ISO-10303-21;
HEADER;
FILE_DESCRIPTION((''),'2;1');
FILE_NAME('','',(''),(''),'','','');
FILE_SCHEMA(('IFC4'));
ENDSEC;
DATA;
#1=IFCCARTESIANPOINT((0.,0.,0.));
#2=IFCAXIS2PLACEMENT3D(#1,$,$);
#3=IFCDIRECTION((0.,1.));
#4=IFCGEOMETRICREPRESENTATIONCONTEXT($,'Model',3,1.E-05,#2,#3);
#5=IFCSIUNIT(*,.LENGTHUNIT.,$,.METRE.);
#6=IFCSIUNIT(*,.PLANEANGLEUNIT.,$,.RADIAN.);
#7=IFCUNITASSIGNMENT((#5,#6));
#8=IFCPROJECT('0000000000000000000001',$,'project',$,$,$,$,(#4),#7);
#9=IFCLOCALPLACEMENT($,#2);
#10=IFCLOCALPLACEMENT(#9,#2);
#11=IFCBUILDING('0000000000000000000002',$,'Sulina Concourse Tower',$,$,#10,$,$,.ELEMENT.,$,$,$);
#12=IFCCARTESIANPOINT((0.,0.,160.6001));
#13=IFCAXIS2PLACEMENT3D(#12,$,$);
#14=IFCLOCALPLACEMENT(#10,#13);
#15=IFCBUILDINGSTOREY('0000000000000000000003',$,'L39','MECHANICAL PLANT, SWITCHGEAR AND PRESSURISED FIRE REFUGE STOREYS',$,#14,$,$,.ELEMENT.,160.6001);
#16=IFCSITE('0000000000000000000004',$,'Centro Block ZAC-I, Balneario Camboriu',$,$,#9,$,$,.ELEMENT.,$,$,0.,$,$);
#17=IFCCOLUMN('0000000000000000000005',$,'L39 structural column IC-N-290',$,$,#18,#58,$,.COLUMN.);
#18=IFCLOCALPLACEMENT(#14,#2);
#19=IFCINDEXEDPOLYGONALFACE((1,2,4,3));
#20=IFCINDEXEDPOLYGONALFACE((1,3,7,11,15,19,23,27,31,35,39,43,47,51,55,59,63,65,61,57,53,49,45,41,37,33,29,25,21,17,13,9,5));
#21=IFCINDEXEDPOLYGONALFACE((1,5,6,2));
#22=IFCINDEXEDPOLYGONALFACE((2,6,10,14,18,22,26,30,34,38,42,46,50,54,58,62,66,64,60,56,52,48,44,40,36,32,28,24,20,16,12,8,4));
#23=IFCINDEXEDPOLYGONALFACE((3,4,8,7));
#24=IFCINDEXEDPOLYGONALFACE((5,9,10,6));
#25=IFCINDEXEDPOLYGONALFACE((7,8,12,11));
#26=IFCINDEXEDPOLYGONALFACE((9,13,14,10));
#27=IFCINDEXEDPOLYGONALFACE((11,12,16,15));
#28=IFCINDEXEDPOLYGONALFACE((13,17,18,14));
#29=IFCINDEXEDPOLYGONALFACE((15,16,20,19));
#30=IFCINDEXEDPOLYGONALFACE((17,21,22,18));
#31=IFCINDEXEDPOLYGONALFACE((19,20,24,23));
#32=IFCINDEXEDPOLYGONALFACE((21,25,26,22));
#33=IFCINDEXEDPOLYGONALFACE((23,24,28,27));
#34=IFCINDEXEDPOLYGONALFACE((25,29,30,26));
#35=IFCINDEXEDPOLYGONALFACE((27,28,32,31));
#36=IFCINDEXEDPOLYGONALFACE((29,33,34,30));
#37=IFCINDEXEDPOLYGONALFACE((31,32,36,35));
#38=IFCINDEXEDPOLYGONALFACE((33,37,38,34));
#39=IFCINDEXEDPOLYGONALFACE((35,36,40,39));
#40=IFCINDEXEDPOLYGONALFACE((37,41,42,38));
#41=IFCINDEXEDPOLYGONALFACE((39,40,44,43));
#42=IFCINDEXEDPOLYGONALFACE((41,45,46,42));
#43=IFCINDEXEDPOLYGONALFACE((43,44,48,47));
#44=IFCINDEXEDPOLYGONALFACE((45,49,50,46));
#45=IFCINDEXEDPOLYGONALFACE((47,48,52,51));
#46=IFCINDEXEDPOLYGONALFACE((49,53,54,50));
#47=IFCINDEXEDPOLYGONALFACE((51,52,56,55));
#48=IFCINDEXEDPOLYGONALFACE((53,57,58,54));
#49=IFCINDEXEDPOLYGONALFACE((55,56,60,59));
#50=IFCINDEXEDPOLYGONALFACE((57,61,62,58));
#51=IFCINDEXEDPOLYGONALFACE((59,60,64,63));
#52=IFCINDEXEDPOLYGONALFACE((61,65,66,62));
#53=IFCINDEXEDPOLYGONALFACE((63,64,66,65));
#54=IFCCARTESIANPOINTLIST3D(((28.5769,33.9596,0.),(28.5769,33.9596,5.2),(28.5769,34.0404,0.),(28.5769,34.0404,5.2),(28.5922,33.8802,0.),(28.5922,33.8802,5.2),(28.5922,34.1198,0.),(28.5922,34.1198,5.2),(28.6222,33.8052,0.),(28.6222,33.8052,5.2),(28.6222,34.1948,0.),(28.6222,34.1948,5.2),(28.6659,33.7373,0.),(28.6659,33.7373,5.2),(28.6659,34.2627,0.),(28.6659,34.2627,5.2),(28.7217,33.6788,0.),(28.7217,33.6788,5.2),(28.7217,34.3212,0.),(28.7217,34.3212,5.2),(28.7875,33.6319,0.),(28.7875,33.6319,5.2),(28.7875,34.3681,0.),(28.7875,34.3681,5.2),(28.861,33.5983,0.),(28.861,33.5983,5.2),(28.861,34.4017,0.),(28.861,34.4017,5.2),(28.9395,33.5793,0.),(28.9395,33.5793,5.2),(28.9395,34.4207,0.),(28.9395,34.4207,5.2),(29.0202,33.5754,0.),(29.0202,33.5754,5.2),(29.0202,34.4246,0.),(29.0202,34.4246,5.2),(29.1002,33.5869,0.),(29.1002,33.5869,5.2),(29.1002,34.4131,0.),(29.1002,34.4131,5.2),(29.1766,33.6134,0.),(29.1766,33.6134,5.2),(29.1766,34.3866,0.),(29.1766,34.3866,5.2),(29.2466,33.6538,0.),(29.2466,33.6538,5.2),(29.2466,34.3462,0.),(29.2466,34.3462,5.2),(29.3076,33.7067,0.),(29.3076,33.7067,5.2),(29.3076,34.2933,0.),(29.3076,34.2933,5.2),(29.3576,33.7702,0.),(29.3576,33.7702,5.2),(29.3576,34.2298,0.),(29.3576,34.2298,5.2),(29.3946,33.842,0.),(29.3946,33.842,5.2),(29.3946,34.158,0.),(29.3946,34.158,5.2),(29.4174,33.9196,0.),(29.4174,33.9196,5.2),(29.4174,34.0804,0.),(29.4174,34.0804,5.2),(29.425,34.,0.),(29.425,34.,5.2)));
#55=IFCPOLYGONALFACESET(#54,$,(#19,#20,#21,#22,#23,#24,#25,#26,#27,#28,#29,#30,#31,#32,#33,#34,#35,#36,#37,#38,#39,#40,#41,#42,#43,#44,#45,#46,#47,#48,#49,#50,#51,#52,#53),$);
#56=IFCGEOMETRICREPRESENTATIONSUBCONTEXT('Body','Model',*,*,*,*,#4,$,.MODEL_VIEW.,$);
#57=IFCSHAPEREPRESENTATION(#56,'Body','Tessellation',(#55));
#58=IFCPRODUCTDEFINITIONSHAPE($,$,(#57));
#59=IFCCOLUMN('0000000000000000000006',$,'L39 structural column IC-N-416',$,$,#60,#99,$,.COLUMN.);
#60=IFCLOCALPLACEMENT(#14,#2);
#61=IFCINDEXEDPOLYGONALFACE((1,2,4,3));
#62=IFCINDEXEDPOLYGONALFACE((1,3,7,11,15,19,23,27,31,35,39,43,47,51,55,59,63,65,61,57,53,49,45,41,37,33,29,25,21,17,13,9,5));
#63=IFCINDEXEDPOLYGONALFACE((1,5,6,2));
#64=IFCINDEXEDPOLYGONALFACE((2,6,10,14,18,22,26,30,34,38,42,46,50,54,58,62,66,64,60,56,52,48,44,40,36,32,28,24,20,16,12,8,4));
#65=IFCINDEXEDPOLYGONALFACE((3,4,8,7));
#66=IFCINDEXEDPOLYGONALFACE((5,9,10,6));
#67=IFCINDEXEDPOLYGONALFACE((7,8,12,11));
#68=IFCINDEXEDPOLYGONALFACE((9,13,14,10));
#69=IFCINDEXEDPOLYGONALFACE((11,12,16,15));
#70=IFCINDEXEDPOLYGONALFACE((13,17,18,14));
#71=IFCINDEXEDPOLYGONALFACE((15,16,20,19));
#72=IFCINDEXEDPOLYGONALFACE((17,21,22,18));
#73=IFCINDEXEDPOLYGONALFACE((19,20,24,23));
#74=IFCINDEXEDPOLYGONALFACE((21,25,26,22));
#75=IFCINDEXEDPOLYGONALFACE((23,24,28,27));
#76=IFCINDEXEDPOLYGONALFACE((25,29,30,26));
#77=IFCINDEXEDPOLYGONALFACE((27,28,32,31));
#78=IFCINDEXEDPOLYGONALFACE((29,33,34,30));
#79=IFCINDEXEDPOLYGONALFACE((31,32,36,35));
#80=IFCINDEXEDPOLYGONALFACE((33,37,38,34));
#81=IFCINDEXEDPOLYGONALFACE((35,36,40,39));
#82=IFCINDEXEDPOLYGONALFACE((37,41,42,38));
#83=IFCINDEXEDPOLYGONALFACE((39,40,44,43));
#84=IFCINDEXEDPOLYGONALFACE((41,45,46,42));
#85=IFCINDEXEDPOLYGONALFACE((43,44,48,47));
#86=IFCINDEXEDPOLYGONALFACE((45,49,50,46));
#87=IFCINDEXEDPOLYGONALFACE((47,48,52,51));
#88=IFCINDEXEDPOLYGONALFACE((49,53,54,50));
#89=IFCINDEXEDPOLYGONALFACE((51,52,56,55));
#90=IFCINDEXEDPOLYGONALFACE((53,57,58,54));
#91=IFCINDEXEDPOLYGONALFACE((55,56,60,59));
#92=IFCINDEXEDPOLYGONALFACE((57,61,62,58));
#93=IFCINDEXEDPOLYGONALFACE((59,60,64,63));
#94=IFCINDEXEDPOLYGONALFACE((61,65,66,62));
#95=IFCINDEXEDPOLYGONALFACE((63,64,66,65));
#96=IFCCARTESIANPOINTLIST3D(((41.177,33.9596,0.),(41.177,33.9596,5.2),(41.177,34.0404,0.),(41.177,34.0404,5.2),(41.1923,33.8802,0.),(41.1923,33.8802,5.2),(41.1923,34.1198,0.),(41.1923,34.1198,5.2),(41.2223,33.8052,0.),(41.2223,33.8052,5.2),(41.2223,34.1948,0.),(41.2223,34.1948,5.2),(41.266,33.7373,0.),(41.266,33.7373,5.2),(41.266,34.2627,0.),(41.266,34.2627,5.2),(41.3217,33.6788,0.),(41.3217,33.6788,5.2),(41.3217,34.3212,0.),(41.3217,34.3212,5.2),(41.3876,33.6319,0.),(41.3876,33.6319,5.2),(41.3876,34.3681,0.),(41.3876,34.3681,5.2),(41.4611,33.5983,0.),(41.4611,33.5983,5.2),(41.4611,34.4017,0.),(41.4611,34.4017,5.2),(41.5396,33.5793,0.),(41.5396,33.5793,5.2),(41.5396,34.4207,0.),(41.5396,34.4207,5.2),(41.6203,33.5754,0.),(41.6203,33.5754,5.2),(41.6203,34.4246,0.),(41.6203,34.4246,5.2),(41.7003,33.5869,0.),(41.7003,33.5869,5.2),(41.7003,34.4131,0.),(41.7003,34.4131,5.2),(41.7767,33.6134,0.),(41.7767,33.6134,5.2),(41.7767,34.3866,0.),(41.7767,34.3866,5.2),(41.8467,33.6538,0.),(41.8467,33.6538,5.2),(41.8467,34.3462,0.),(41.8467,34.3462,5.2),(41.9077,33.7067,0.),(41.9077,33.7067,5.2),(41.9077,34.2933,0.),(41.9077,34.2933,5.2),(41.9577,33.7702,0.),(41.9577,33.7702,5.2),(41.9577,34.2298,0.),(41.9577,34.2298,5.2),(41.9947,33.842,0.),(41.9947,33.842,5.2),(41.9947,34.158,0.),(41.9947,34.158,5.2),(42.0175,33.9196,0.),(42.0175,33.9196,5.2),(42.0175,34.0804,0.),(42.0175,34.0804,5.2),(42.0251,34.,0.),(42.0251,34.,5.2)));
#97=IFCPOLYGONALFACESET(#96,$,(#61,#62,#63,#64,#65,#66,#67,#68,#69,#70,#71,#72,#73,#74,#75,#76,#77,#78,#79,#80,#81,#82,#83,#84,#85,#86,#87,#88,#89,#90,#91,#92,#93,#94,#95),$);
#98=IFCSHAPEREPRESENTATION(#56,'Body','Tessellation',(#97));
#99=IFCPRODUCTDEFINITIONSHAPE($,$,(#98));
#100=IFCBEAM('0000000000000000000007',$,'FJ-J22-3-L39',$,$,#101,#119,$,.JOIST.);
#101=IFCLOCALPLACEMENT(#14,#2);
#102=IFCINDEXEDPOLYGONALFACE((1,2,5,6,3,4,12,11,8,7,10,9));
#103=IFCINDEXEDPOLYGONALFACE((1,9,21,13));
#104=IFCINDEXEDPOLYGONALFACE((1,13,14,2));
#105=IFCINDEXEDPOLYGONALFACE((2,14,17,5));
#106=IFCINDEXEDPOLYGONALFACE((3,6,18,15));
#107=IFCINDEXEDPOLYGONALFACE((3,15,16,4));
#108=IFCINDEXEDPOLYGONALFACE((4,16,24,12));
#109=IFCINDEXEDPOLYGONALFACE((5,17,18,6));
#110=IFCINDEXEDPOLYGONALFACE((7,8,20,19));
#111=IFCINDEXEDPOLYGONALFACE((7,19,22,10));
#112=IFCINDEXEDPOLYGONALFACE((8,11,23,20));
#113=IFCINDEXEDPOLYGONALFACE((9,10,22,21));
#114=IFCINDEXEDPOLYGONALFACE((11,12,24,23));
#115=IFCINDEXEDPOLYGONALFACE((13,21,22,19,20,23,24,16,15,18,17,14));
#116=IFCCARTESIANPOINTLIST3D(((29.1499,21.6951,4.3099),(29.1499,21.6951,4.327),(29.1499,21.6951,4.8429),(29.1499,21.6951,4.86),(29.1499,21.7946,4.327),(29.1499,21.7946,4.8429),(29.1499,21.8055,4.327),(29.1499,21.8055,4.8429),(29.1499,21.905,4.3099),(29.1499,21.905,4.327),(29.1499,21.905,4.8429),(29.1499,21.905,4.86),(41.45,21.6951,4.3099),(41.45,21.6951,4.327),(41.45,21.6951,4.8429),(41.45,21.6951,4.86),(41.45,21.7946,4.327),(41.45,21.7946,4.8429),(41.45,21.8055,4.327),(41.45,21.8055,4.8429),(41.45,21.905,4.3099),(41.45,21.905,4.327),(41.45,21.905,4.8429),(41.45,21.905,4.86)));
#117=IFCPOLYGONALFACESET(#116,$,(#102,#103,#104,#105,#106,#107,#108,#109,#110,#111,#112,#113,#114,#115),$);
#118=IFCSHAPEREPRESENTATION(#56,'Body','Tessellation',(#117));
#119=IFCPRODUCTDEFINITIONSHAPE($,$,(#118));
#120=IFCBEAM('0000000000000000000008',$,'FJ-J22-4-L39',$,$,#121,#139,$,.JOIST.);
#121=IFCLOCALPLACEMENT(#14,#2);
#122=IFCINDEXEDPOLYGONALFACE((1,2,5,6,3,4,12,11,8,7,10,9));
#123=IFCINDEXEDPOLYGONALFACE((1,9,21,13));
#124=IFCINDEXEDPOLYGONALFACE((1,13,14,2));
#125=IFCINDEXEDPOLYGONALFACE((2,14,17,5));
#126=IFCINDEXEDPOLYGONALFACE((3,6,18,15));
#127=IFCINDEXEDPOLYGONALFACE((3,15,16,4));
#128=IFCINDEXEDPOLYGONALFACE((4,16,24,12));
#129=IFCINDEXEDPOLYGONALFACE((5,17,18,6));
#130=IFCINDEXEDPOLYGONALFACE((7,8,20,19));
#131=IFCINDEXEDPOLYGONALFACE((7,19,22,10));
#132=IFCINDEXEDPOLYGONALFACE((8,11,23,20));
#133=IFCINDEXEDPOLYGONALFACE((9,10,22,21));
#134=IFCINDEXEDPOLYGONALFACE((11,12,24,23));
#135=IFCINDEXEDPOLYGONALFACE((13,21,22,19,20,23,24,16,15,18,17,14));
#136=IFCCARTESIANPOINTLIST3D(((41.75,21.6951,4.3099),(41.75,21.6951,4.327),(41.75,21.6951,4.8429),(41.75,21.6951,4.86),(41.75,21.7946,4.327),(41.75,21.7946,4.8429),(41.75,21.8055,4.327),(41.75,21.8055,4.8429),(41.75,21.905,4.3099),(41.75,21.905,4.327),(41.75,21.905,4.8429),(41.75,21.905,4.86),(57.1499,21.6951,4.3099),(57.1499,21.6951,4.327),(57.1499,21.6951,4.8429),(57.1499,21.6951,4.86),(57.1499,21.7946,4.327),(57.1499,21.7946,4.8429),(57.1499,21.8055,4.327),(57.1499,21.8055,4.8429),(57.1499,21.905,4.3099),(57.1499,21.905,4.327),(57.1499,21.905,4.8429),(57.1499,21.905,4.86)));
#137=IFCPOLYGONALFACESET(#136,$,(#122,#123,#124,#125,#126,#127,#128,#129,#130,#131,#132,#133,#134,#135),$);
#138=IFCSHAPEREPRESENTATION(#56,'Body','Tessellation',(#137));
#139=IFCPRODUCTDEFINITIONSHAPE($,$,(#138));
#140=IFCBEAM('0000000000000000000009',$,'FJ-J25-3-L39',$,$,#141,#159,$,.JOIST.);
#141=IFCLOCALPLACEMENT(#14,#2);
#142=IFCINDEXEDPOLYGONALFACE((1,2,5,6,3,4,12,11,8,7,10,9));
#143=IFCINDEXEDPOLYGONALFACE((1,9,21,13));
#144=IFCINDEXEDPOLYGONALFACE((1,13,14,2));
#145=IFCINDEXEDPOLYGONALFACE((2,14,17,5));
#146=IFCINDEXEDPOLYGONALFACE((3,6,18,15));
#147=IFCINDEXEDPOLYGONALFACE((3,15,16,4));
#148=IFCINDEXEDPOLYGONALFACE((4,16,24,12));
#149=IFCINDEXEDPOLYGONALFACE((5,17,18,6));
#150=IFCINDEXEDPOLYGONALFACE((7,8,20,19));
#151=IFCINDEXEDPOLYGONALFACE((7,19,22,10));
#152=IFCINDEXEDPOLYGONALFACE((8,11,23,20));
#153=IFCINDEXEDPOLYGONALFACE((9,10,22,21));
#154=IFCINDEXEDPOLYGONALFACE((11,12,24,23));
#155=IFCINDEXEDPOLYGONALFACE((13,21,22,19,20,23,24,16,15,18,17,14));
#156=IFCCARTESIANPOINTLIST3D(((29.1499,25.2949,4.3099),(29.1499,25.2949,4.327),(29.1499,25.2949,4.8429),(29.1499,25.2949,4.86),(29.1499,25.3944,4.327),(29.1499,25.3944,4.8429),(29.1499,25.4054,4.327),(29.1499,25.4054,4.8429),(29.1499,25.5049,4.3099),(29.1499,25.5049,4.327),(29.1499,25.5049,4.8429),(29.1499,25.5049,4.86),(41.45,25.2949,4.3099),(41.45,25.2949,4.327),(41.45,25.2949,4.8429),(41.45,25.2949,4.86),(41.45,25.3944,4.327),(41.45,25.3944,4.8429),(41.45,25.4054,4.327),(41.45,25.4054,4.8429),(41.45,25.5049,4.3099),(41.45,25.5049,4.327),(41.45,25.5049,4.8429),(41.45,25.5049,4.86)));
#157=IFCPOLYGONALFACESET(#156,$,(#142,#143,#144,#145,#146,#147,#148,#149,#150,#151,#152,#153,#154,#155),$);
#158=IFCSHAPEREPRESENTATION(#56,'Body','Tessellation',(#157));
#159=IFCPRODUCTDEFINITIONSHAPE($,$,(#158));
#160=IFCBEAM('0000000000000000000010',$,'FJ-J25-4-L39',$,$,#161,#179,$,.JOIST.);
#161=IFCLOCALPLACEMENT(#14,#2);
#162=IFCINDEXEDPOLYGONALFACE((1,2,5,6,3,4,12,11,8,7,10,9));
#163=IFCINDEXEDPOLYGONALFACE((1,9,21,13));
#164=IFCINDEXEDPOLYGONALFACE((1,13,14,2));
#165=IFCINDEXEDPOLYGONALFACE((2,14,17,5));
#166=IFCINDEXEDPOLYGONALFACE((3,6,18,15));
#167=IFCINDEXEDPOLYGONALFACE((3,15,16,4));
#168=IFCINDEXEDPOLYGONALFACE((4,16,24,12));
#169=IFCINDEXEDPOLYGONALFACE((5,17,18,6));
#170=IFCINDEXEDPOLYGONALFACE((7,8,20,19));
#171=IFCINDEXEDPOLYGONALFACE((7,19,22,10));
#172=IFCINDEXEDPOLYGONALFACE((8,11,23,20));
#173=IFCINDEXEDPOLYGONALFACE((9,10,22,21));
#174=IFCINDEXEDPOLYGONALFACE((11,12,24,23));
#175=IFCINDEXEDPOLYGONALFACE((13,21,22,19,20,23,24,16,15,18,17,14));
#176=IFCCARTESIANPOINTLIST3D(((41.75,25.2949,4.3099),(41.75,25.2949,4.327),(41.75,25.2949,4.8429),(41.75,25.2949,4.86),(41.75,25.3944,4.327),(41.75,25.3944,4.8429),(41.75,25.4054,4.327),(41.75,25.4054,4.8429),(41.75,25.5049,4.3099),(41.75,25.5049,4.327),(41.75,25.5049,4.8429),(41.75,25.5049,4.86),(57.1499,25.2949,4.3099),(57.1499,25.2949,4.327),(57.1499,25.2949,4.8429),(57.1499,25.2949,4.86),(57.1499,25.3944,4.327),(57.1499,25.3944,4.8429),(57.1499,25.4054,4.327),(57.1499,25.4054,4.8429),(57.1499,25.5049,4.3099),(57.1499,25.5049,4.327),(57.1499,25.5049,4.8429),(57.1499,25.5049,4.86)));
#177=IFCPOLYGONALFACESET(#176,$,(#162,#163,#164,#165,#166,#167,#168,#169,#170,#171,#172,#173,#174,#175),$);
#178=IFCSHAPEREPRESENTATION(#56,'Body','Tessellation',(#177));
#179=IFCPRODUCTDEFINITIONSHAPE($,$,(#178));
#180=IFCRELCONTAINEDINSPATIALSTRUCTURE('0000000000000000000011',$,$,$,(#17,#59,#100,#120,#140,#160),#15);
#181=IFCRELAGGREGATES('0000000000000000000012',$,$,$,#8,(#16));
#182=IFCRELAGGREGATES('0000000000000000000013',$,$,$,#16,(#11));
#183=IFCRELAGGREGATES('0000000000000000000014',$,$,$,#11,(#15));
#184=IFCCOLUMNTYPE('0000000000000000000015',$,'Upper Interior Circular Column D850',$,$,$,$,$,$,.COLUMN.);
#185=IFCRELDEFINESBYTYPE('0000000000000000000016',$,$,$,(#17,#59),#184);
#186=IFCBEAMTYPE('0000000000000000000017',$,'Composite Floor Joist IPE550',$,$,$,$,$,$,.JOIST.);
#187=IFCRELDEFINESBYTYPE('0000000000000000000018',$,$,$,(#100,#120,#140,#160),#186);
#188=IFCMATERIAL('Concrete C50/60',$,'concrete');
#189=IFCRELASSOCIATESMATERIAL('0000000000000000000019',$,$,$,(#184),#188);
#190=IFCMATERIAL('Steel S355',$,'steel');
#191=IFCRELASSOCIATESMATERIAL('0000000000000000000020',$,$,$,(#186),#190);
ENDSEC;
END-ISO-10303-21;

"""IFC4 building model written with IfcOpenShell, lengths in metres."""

from ifc_helpers import new_model, si_unit, direction, frame, origin, origin_2d, place, context, subcontext, project, spatial, circle, i_section, extrude, material, material_profile, profile_set, type_object, element, save


model = new_model("IFC4")

# Units and contexts
model_context = context("Model", 3, precision=1e-05, world=origin(), true_north=direction((0.0, 1.0)))
body_context = subcontext(model_context, "Body", "Model", "MODEL_VIEW")
ifc_project = project(units=[si_unit("LENGTHUNIT", "METRE"), si_unit("PLANEANGLEUNIT", "RADIAN")], contexts=[model_context])

# Site, building, storey
site_placement = place(None, origin())
site = spatial("IfcSite", under=ifc_project, at=site_placement, Name="Centro Block ZAC-I, Balneario Camboriu", CompositionType="ELEMENT", RefElevation=0.0)
building_placement = place(site_placement, origin())
building = spatial("IfcBuilding", under=site, at=building_placement, Name="Sulina Concourse Tower", CompositionType="ELEMENT")
storey_placement = place(building_placement, frame((0.0, 0.0, 160.6001)))
storey = spatial("IfcBuildingStorey", under=building, at=storey_placement, Name="L39", Description="MECHANICAL PLANT, SWITCHGEAR AND PRESSURISED FIRE REFUGE STOREYS", CompositionType="ELEMENT", Elevation=160.6001)

# Columns
ifc_material_1 = material(Name="Concrete C50/60", Category="concrete")
ifc_material_profile_1 = material_profile(ifc_material_1, circle(Radius=0.425, at=origin_2d()), Name="RC D850")
ifc_profile_set_1 = profile_set([ifc_material_profile_1], Name="Concrete C50/60")
column_type = type_object("IfcColumnType", Name="Upper Interior Circular Column D850", PredefinedType="COLUMN", material=ifc_profile_set_1)
for number, where, z_axis, x_axis, name in (
    (1, (29.0, 34.0, 0.0), (0.0, 0.0, 1.0), (1.0, 0.0, 0.0), "L39 structural column IC-N-290"),
    (2, (41.6001, 34.0, 0.0), (0.0, 0.0, 1.0), (1.0, 0.0, 0.0), "L39 structural column IC-N-416"),
):
    element("IfcColumn", number, at=place(storey_placement, frame(where, z_axis=z_axis, x_axis=x_axis)), inside=storey, type_object=column_type, Name=name, PredefinedType="COLUMN", context=body_context, shape_type="SweptSolid", body=[
        extrude(circle(Radius=0.425, at=origin_2d()), origin(), (0.0, 0.0, 1.0), 5.2),
    ])

# Beams
ifc_material_2 = material(Name="Steel S355", Category="steel")
ifc_material_profile_2 = material_profile(ifc_material_2, i_section(OverallWidth=0.21, OverallDepth=0.55, WebThickness=0.011, FlangeThickness=0.0171, at=origin_2d()), Name="IPE 550")
ifc_profile_set_2 = profile_set([ifc_material_profile_2], Name="Steel S355")
beam_type_1 = type_object("IfcBeamType", Name="Composite Floor Joist IPE550", PredefinedType="JOIST", material=ifc_profile_set_2)
beam_1_placement = place(storey_placement, frame((29.1499, 21.8, 4.585), z_axis=(1.0, 0.0, 0.0), x_axis=(0.0, 1.0, 0.0)))
element("IfcBeam", 3, at=beam_1_placement, inside=storey, type_object=beam_type_1, Name="FJ-J22-3-L39", PredefinedType="JOIST", context=body_context, shape_type="SweptSolid", body=[
    extrude(i_section(OverallWidth=0.21, OverallDepth=0.55, WebThickness=0.011, FlangeThickness=0.0171, at=origin_2d()), origin(), (0.0, 0.0, 1.0), 12.3),
])
beam_2_placement = place(storey_placement, frame((41.75, 21.8, 4.585), z_axis=(1.0, 0.0, 0.0), x_axis=(0.0, 1.0, 0.0)))
element("IfcBeam", 4, at=beam_2_placement, inside=storey, type_object=beam_type_1, Name="FJ-J22-4-L39", PredefinedType="JOIST", context=body_context, shape_type="SweptSolid", body=[
    extrude(i_section(OverallWidth=0.21, OverallDepth=0.55, WebThickness=0.011, FlangeThickness=0.0171, at=origin_2d()), origin(), (0.0, 0.0, 1.0), 15.3999),
])
beam_3_placement = place(storey_placement, frame((29.1499, 25.3999, 4.585), z_axis=(1.0, 0.0, 0.0), x_axis=(0.0, 1.0, 0.0)))
element("IfcBeam", 5, at=beam_3_placement, inside=storey, type_object=beam_type_1, Name="FJ-J25-3-L39", PredefinedType="JOIST", context=body_context, shape_type="SweptSolid", body=[
    extrude(i_section(OverallWidth=0.21, OverallDepth=0.55, WebThickness=0.011, FlangeThickness=0.0171, at=origin_2d()), origin(), (0.0, 0.0, 1.0), 12.3),
])
beam_4_placement = place(storey_placement, frame((41.75, 25.3999, 4.585), z_axis=(1.0, 0.0, 0.0), x_axis=(0.0, 1.0, 0.0)))
element("IfcBeam", 6, at=beam_4_placement, inside=storey, type_object=beam_type_1, Name="FJ-J25-4-L39", PredefinedType="JOIST", context=body_context, shape_type="SweptSolid", body=[
    extrude(i_section(OverallWidth=0.21, OverallDepth=0.55, WebThickness=0.011, FlangeThickness=0.0171, at=origin_2d()), origin(), (0.0, 0.0, 1.0), 15.3999),
])

save(model, "model.ifc")
